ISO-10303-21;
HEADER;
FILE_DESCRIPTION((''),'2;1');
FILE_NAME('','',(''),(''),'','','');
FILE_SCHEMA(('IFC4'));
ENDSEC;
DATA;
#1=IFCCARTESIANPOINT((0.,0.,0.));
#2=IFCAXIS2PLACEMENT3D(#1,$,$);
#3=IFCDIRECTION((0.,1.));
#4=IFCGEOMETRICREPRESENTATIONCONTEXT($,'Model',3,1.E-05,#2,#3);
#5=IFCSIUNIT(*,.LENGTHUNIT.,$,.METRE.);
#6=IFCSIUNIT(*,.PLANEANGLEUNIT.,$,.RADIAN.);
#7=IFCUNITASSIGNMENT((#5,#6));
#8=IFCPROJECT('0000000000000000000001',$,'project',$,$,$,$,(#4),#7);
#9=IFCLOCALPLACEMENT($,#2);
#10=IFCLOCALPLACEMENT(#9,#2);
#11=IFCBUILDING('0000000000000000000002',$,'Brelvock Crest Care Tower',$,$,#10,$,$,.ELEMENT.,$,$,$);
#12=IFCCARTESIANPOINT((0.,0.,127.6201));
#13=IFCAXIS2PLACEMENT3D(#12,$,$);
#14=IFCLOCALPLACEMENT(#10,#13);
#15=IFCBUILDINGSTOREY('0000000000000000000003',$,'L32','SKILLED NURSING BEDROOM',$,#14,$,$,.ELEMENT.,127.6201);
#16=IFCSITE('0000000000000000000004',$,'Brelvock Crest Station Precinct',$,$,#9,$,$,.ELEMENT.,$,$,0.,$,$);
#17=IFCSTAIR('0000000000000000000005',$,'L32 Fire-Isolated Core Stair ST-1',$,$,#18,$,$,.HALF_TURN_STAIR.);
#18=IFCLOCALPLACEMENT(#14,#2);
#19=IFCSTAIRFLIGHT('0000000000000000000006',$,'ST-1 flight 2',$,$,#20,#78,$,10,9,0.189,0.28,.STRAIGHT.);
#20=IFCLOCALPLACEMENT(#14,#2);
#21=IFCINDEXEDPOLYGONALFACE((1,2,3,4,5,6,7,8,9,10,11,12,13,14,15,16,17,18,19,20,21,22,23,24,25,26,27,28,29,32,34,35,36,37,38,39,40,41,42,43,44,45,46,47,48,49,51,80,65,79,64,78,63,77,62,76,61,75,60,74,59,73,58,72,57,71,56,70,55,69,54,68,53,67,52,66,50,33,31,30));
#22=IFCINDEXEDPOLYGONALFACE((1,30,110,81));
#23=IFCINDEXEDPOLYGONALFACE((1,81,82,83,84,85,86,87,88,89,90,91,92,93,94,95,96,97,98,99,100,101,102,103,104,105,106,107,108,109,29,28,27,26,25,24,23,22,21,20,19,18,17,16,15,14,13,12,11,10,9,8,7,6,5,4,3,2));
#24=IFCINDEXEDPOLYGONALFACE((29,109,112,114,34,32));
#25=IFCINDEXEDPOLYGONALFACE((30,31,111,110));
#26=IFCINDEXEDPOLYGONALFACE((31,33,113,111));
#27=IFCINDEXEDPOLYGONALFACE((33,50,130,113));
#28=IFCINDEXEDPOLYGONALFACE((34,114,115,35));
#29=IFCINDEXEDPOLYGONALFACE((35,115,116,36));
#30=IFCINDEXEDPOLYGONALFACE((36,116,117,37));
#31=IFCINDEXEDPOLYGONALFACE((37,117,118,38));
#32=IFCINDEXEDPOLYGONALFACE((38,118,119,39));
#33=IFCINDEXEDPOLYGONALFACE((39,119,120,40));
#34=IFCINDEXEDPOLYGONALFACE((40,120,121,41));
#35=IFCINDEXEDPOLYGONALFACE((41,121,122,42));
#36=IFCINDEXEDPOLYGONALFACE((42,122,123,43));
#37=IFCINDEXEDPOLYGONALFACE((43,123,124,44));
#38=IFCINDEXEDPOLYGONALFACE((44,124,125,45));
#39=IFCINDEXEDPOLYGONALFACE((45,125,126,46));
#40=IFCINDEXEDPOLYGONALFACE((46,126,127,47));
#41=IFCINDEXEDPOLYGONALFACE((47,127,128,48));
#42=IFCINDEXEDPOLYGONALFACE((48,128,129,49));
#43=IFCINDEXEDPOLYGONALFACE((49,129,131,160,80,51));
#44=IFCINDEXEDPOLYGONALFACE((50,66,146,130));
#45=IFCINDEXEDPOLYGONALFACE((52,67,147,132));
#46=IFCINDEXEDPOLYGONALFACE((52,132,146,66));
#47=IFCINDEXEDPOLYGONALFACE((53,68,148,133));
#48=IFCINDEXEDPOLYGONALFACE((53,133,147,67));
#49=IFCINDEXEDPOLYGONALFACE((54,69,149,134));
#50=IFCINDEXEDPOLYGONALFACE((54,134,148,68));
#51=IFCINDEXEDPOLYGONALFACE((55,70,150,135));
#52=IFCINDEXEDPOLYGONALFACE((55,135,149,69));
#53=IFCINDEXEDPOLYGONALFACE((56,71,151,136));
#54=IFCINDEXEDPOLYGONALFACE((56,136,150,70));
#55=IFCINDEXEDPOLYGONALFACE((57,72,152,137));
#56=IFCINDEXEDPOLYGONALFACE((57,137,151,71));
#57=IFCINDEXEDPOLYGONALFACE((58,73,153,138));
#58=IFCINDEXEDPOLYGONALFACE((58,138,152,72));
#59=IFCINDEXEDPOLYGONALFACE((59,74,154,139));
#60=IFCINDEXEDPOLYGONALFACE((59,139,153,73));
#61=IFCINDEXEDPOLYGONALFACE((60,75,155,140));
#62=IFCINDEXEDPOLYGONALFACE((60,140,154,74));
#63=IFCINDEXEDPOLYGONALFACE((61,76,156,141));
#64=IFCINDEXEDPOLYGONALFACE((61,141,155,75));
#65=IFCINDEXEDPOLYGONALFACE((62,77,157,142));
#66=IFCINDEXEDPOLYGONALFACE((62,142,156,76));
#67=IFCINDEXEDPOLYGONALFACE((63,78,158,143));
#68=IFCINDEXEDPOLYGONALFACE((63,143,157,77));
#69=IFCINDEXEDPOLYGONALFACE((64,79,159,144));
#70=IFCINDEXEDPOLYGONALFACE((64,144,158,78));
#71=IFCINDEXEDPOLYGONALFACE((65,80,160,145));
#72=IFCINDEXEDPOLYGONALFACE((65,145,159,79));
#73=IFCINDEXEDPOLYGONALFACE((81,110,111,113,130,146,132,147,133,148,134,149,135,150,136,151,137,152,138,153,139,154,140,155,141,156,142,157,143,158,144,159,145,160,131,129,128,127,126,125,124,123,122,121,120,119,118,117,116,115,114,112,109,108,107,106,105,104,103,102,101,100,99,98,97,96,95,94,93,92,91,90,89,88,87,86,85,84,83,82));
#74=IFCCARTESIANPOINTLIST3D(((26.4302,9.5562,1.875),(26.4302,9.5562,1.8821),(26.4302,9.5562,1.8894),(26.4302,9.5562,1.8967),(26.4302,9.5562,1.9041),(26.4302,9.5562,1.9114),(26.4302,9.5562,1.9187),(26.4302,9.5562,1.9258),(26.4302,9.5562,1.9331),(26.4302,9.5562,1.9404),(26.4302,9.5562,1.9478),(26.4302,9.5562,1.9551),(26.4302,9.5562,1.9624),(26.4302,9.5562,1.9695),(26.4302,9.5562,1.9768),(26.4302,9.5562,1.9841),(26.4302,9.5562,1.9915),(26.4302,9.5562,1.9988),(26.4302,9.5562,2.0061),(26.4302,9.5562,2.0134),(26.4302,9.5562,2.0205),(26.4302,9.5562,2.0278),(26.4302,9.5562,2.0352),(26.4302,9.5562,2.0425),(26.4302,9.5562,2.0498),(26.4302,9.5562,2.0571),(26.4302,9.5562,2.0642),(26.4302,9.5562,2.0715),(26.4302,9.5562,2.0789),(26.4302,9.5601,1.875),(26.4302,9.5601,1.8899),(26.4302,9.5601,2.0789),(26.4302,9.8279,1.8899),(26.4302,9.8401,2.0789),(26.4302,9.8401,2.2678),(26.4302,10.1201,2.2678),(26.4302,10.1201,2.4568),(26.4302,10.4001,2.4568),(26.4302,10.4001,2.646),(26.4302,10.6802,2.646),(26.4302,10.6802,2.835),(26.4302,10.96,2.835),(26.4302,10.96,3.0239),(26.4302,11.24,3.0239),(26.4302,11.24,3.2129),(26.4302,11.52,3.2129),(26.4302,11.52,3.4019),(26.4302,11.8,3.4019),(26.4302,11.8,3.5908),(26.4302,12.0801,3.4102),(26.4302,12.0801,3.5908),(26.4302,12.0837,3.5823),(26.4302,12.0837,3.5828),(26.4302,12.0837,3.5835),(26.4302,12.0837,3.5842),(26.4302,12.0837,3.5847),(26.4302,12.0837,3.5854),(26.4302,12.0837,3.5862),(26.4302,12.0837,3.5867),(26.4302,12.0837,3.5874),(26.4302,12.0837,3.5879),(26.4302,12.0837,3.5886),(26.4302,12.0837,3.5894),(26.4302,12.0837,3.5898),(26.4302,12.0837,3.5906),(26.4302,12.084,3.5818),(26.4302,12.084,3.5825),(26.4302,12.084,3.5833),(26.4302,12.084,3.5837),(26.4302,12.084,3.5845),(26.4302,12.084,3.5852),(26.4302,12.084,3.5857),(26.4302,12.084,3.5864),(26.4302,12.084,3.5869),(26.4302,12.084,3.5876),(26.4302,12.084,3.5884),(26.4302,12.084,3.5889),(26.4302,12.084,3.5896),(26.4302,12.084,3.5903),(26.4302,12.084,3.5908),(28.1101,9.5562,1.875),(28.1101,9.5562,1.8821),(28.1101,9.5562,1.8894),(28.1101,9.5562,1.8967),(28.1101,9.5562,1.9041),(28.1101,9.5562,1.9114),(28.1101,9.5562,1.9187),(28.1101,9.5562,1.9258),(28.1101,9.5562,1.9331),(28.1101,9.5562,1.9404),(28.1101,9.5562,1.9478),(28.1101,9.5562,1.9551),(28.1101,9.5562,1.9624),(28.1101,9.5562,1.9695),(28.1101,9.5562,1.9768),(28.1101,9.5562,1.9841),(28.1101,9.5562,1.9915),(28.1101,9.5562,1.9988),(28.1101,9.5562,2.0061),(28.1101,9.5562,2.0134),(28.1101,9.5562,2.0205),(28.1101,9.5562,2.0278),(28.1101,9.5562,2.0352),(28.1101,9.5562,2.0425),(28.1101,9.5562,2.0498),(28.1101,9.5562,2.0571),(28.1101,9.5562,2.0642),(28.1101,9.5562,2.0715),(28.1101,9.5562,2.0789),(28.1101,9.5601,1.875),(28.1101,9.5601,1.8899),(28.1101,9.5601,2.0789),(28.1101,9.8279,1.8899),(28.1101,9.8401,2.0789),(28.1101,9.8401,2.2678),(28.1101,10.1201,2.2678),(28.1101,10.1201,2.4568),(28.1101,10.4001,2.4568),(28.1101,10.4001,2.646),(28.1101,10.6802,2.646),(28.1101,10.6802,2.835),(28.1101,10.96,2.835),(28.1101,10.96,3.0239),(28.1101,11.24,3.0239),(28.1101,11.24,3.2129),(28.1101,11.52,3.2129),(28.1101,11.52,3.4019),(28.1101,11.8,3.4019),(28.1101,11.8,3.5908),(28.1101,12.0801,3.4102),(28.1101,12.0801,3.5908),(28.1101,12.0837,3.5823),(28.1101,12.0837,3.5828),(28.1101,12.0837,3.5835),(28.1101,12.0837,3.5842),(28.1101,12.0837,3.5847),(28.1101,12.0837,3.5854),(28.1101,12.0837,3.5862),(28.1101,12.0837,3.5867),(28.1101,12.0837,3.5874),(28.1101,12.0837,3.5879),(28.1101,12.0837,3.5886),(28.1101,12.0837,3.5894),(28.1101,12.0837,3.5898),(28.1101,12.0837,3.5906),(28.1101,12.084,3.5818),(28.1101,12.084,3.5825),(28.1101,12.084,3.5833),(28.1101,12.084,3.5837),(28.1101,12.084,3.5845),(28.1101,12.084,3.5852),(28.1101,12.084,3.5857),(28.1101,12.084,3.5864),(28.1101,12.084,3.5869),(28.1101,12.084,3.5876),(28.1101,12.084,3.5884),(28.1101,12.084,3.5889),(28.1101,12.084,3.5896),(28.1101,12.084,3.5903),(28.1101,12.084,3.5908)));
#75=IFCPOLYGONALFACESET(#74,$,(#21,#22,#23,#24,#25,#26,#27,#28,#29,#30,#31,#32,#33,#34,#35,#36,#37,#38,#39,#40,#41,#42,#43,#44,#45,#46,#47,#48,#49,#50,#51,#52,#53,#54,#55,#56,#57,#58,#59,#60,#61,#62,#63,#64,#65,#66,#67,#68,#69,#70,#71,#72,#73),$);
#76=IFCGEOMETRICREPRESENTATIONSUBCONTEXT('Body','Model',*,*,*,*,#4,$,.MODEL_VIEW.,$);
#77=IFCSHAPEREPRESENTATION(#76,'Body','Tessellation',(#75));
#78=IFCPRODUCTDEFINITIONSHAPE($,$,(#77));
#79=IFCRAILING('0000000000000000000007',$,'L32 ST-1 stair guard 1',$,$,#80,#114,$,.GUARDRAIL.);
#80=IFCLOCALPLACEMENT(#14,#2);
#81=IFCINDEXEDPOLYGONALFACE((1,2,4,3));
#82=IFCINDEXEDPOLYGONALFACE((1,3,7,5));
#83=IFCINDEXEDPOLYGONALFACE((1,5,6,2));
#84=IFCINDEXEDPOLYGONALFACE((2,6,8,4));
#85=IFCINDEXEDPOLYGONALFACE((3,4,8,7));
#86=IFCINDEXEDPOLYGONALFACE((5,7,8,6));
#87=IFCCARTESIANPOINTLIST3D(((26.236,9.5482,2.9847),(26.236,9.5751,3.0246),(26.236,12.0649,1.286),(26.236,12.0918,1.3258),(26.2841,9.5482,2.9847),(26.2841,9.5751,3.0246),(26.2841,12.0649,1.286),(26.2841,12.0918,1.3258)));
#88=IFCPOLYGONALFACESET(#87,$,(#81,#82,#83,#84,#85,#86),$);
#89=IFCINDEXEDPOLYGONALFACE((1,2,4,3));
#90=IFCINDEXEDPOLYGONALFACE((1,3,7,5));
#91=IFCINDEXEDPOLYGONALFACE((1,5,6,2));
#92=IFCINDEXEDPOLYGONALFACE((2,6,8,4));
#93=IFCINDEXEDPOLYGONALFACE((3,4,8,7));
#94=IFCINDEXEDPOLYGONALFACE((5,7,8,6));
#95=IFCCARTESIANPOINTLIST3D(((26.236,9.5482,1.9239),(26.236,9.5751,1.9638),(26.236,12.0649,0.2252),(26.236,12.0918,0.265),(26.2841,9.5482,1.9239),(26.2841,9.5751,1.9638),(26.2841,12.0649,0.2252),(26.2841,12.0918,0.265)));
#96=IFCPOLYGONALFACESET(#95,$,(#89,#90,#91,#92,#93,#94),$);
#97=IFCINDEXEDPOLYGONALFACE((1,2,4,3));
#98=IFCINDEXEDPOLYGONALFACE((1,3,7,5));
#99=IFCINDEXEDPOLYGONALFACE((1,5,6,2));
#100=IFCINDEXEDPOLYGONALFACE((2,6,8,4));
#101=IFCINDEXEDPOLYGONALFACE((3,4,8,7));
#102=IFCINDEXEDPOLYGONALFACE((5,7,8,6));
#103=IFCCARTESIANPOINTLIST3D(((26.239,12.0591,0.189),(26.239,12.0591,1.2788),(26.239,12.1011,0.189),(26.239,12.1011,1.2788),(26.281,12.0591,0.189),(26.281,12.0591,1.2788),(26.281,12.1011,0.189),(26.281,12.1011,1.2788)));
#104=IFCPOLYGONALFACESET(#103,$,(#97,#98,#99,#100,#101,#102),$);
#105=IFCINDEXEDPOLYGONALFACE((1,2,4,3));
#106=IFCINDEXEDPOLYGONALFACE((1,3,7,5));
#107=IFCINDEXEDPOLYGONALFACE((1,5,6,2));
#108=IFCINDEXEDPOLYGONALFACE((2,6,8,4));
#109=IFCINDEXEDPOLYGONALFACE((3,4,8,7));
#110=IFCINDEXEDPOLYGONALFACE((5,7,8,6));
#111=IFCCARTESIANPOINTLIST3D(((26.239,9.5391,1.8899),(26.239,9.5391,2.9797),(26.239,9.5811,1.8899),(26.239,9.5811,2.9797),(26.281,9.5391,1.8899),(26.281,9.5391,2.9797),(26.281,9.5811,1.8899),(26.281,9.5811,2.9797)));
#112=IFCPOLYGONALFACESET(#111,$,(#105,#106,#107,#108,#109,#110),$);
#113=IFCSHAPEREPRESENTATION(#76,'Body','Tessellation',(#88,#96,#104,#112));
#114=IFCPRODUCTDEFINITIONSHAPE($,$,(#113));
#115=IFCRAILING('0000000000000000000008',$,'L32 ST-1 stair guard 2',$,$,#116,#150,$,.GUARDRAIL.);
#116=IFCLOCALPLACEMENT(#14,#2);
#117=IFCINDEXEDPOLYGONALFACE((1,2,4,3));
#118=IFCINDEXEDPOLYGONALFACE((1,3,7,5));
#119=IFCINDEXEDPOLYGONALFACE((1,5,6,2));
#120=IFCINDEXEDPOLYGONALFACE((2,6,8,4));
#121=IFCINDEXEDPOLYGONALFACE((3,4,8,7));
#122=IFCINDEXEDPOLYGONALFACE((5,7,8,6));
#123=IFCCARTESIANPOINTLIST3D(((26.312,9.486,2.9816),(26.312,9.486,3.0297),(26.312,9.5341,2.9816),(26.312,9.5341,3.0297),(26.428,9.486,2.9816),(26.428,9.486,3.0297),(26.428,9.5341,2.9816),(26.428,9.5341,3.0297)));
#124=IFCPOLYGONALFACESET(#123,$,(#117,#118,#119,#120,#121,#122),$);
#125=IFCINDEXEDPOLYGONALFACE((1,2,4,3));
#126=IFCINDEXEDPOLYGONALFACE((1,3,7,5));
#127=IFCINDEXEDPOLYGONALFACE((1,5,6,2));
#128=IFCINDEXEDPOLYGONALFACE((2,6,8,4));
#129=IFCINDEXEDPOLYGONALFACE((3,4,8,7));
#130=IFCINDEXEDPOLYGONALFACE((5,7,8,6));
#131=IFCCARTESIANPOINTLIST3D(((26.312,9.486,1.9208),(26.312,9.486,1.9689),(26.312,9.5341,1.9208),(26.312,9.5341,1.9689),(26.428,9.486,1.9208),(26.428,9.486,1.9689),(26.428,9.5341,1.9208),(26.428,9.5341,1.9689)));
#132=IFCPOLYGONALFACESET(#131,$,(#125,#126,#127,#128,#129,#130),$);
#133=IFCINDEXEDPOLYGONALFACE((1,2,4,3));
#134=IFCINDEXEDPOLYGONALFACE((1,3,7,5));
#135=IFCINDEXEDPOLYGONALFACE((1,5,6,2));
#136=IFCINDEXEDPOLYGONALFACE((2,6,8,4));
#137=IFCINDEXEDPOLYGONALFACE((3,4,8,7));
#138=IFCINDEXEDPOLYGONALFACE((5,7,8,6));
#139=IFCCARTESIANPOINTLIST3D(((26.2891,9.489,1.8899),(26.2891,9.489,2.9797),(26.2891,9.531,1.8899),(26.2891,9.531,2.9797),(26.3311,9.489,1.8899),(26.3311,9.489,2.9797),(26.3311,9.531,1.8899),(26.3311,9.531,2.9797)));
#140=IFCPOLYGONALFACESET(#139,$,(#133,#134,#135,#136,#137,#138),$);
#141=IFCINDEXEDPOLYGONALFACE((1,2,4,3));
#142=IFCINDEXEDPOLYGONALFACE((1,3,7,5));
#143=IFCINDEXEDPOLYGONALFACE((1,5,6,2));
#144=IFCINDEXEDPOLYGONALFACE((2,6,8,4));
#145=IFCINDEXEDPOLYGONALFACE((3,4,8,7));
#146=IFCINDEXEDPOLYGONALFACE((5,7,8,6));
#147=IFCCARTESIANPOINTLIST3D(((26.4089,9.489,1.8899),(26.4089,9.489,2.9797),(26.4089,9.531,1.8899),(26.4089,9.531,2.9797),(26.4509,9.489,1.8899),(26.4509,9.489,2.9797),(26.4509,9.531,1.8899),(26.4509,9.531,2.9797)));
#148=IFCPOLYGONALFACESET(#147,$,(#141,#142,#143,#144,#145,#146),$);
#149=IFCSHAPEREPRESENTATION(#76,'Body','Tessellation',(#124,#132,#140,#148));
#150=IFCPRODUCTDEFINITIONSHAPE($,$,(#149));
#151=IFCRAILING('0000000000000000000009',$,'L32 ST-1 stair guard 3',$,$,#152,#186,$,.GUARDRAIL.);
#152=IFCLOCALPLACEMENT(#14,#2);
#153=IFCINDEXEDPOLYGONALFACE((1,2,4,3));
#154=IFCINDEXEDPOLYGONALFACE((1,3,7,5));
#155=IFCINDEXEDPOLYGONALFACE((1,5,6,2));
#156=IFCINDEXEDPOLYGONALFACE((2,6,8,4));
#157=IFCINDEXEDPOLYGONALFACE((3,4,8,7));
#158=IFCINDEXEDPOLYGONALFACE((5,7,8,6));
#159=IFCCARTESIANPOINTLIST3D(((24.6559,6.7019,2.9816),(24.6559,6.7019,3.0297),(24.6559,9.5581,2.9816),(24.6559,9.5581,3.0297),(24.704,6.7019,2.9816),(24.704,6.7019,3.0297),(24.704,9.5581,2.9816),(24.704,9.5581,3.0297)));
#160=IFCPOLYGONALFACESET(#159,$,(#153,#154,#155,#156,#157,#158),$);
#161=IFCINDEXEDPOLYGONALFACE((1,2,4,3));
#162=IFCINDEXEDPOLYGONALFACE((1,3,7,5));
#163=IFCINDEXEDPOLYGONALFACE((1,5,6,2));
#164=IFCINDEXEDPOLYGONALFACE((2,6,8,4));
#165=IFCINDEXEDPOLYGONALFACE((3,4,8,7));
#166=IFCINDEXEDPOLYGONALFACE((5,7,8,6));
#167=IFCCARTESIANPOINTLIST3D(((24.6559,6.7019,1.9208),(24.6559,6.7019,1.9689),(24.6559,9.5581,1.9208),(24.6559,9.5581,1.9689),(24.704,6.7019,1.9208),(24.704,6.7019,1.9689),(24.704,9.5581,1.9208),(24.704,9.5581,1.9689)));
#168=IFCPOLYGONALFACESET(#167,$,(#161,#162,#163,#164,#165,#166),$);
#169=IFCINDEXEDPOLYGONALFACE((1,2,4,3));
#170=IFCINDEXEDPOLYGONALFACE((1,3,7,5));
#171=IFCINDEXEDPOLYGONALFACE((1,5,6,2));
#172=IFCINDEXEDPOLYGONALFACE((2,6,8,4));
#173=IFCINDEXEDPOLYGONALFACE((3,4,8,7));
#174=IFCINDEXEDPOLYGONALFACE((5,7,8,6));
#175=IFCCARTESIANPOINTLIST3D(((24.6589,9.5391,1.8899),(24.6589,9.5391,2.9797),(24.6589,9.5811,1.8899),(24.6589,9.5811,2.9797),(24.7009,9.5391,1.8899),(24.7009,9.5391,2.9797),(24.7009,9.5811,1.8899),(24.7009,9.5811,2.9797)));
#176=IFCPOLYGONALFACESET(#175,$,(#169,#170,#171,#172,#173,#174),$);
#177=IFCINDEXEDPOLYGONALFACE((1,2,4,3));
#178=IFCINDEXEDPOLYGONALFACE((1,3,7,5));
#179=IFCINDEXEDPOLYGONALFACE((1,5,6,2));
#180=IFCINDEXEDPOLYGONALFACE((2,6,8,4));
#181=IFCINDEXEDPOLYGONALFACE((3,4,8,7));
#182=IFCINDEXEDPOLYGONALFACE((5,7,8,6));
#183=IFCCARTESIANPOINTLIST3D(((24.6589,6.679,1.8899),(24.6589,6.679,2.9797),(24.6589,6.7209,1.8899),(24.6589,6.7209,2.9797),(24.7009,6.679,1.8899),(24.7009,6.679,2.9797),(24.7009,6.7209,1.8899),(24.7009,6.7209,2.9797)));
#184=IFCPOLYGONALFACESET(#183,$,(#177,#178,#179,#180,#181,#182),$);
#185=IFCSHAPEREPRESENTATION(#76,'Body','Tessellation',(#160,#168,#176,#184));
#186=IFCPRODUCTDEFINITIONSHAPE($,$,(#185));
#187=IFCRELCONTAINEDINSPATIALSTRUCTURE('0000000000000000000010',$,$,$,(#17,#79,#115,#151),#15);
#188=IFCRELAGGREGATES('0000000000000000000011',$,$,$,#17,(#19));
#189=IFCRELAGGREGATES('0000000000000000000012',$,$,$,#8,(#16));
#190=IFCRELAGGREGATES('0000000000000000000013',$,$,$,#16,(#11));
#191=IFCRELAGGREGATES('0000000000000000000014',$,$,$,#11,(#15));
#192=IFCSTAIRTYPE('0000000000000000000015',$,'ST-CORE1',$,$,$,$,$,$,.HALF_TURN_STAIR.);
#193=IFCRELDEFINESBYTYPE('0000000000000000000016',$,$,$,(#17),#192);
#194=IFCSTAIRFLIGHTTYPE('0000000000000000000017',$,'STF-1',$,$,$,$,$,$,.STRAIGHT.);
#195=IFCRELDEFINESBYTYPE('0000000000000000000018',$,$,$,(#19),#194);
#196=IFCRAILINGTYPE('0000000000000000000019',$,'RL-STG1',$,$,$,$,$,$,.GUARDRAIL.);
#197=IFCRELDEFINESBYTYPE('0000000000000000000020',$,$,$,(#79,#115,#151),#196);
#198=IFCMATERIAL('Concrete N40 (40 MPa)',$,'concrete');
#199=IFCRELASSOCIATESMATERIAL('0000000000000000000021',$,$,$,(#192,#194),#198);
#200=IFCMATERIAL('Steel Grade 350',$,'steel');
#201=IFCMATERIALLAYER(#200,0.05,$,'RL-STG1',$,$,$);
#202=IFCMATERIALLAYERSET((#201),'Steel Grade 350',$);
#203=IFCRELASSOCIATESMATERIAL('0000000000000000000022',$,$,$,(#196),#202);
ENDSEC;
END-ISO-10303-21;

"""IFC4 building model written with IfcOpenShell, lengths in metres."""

from ifc_helpers import new_model, si_unit, direction, frame, origin, origin_2d, place, context, subcontext, project, spatial, polyline, rectangle, outline, extrude, material, layer, layer_set, type_object, element, aggregate, save


model = new_model("IFC4")

# Units and contexts
model_context = context("Model", 3, precision=1e-05, world=origin(), true_north=direction((0.0, 1.0)))
body_context = subcontext(model_context, "Body", "Model", "MODEL_VIEW")
ifc_project = project(units=[si_unit("LENGTHUNIT", "METRE"), si_unit("PLANEANGLEUNIT", "RADIAN")], contexts=[model_context])

# Site, building, storey
site_placement = place(None, origin())
site = spatial("IfcSite", under=ifc_project, at=site_placement, Name="Brelvock Crest Station Precinct", CompositionType="ELEMENT", RefElevation=0.0)
building_placement = place(site_placement, origin())
building = spatial("IfcBuilding", under=site, at=building_placement, Name="Brelvock Crest Care Tower", CompositionType="ELEMENT")
storey_placement = place(building_placement, frame((0.0, 0.0, 127.6201)))
storey = spatial("IfcBuildingStorey", under=building, at=storey_placement, Name="L32", Description="SKILLED NURSING BEDROOM", CompositionType="ELEMENT", Elevation=127.6201)

# Shared definitions
ifc_material_1 = material(Name="Steel Grade 350", Category="steel")

# Stair, stair flight
ifc_material_2 = material(Name="Concrete N40 (40 MPa)", Category="concrete")
stair_type = type_object("IfcStairType", Name="ST-CORE1", PredefinedType="HALF_TURN_STAIR", material=ifc_material_2)
stair_placement = place(storey_placement, origin())
stair = element("IfcStair", 1, at=stair_placement, inside=storey, type_object=stair_type, Name="L32 Fire-Isolated Core Stair ST-1", PredefinedType="HALF_TURN_STAIR")
stair_flight_type = type_object("IfcStairFlightType", Name="STF-1", PredefinedType="STRAIGHT", material=ifc_material_2)
stair_flight_1_placement = place(storey_placement, frame((27.27, 9.5601, 1.8899), z_axis=(0.0, 0.0, 1.0), x_axis=(0.0, 1.0, 0.0)))
stair_flight_1 = element("IfcStairFlight", 2, at=stair_flight_1_placement, type_object=stair_flight_type, Name="ST-1 flight 2", NumberOfRisers=10, NumberOfTreads=9, PredefinedType="STRAIGHT", RiserHeight=0.189, TreadLength=0.28, context=body_context, shape_type="SweptSolid", body=[
    extrude(outline(polyline([(-0.0039, -0.0149), (-0.0039, -0.0078), (-0.0039, -0.0005), (-0.0039, 0.0068), (-0.0039, 0.0142), (-0.0039, 0.0215), (-0.0039, 0.0288), (-0.0039, 0.0359), (-0.0039, 0.0432), (-0.0039, 0.0505), (-0.0039, 0.0579), (-0.0039, 0.0652), (-0.0039, 0.0725), (-0.0039, 0.0796), (-0.0039, 0.0869), (-0.0039, 0.0942), (-0.0039, 0.1016), (-0.0039, 0.1089), (-0.0039, 0.1162), (-0.0039, 0.1235), (-0.0039, 0.1306), (-0.0039, 0.1379), (-0.0039, 0.1453), (-0.0039, 0.1526), (-0.0039, 0.1599), (-0.0039, 0.1672), (-0.0039, 0.1743), (-0.0039, 0.1816), (-0.0039, 0.189), (0.0, 0.189), (0.28, 0.189), (0.28, 0.3779), (0.5601, 0.3779), (0.5601, 0.5669), (0.8401, 0.5669), (0.8401, 0.7561), (1.1201, 0.7561), (1.1201, 0.9451), (1.3999, 0.9451), (1.3999, 1.134), (1.6799, 1.134), (1.6799, 1.323), (1.96, 1.323), (1.96, 1.512), (2.24, 1.512), (2.24, 1.7009), (2.52, 1.7009), (2.5239, 1.7009), (2.5237, 1.7007), (2.5239, 1.7004), (2.5237, 1.7), (2.5239, 1.6997), (2.5237, 1.6995), (2.5239, 1.699), (2.5237, 1.6987), (2.5239, 1.6985), (2.5237, 1.698), (2.5239, 1.6978), (2.5237, 1.6975), (2.5239, 1.697), (2.5237, 1.6968), (2.5239, 1.6965), (2.5237, 1.6963), (2.5239, 1.6958), (2.5237, 1.6956), (2.5239, 1.6953), (2.5237, 1.6948), (2.5239, 1.6946), (2.5237, 1.6943), (2.5239, 1.6938), (2.5237, 1.6936), (2.5239, 1.6934), (2.5237, 1.6929), (2.5239, 1.6926), (2.5237, 1.6924), (2.5239, 1.6919), (2.52, 1.5203), (0.2678, 0.0), (0.0, 0.0), (0.0, -0.0149), (-0.0039, -0.0149)])), frame((0.0, 0.8398, 0.0), z_axis=(0.0, -1.0, 0.0), x_axis=(1.0, 0.0, 0.0)), (0.0, 0.0, 1.0), 1.6799),
])
aggregate(stair, [stair_flight_1])

# Railings
ifc_layer_1 = layer(ifc_material_1, 0.05, Name="RL-STG1")
ifc_layer_set_1 = layer_set([ifc_layer_1], Name="Steel Grade 350")
railing_type_1 = type_object("IfcRailingType", Name="RL-STG1", PredefinedType="GUARDRAIL", material=ifc_layer_set_1)
railing_1_placement = place(storey_placement, frame((26.26, 12.0801, 0.189)))
element("IfcRailing", 3, at=railing_1_placement, inside=storey, type_object=railing_type_1, Name="L32 ST-1 stair guard 1", PredefinedType="GUARDRAIL", context=body_context, shape_type="SweptSolid", body=[
    extrude(rectangle(XDim=0.0481, YDim=0.0481, at=origin_2d()), frame((0.0, -0.0017, 1.1169), z_axis=(0.0, -0.828862, 0.559454), x_axis=(1.0, 0.0, 0.0)), (0.0, 0.0, 1.0), 3.0364),
    extrude(rectangle(XDim=0.0481, YDim=0.0481, at=origin_2d()), frame((0.0, -0.0017, 0.0562), z_axis=(0.0, -0.828862, 0.559454), x_axis=(1.0, 0.0, 0.0)), (0.0, 0.0, 1.0), 3.0364),
    extrude(rectangle(XDim=0.042, YDim=0.042, at=origin_2d()), origin(), (0.0, 0.0, 1.0), 1.0898),
    extrude(rectangle(XDim=0.042, YDim=0.042, at=origin_2d()), frame((0.0, -2.52, 1.7009)), (0.0, 0.0, 1.0), 1.0898),
])
railing_2_placement = place(storey_placement, frame((26.3101, 9.51, 1.8899)))
element("IfcRailing", 4, at=railing_2_placement, inside=storey, type_object=railing_type_1, Name="L32 ST-1 stair guard 2", PredefinedType="GUARDRAIL", context=body_context, shape_type="SweptSolid", body=[
    extrude(rectangle(XDim=0.0481, YDim=0.0481, at=origin_2d()), frame((0.002, 0.0, 1.1157), z_axis=(1.0, 0.0, 0.0), x_axis=(0.0, 1.0, 0.0)), (0.0, 0.0, 1.0), 0.116),
    extrude(rectangle(XDim=0.0481, YDim=0.0481, at=origin_2d()), frame((0.002, 0.0, 0.0549), z_axis=(1.0, 0.0, 0.0), x_axis=(0.0, 1.0, 0.0)), (0.0, 0.0, 1.0), 0.116),
    extrude(rectangle(XDim=0.042, YDim=0.042, at=origin_2d()), origin(), (0.0, 0.0, 1.0), 1.0898),
    extrude(rectangle(XDim=0.042, YDim=0.042, at=origin_2d()), frame((0.1199, 0.0, 0.0)), (0.0, 0.0, 1.0), 1.0898),
])
for number, where, name in (
    (5, (24.6799, 9.5601, 1.8899), "L32 ST-1 stair guard 3"),
):
    element("IfcRailing", number, at=place(storey_placement, frame(where)), inside=storey, type_object=railing_type_1, Name=name, PredefinedType="GUARDRAIL", context=body_context, shape_type="SweptSolid", body=[
        extrude(rectangle(XDim=0.0481, YDim=0.0481, at=origin_2d()), frame((0.0, -0.002, 1.1157), z_axis=(0.0, -1.0, 0.0), x_axis=(1.0, 0.0, 0.0)), (0.0, 0.0, 1.0), 2.8562),
        extrude(rectangle(XDim=0.0481, YDim=0.0481, at=origin_2d()), frame((0.0, -0.002, 0.0549), z_axis=(0.0, -1.0, 0.0), x_axis=(1.0, 0.0, 0.0)), (0.0, 0.0, 1.0), 2.8562),
        extrude(rectangle(XDim=0.042, YDim=0.042, at=origin_2d()), origin(), (0.0, 0.0, 1.0), 1.0898),
        extrude(rectangle(XDim=0.042, YDim=0.042, at=origin_2d()), frame((0.0, -2.8601, 0.0)), (0.0, 0.0, 1.0), 1.0898),
    ])

save(model, "model.ifc")
